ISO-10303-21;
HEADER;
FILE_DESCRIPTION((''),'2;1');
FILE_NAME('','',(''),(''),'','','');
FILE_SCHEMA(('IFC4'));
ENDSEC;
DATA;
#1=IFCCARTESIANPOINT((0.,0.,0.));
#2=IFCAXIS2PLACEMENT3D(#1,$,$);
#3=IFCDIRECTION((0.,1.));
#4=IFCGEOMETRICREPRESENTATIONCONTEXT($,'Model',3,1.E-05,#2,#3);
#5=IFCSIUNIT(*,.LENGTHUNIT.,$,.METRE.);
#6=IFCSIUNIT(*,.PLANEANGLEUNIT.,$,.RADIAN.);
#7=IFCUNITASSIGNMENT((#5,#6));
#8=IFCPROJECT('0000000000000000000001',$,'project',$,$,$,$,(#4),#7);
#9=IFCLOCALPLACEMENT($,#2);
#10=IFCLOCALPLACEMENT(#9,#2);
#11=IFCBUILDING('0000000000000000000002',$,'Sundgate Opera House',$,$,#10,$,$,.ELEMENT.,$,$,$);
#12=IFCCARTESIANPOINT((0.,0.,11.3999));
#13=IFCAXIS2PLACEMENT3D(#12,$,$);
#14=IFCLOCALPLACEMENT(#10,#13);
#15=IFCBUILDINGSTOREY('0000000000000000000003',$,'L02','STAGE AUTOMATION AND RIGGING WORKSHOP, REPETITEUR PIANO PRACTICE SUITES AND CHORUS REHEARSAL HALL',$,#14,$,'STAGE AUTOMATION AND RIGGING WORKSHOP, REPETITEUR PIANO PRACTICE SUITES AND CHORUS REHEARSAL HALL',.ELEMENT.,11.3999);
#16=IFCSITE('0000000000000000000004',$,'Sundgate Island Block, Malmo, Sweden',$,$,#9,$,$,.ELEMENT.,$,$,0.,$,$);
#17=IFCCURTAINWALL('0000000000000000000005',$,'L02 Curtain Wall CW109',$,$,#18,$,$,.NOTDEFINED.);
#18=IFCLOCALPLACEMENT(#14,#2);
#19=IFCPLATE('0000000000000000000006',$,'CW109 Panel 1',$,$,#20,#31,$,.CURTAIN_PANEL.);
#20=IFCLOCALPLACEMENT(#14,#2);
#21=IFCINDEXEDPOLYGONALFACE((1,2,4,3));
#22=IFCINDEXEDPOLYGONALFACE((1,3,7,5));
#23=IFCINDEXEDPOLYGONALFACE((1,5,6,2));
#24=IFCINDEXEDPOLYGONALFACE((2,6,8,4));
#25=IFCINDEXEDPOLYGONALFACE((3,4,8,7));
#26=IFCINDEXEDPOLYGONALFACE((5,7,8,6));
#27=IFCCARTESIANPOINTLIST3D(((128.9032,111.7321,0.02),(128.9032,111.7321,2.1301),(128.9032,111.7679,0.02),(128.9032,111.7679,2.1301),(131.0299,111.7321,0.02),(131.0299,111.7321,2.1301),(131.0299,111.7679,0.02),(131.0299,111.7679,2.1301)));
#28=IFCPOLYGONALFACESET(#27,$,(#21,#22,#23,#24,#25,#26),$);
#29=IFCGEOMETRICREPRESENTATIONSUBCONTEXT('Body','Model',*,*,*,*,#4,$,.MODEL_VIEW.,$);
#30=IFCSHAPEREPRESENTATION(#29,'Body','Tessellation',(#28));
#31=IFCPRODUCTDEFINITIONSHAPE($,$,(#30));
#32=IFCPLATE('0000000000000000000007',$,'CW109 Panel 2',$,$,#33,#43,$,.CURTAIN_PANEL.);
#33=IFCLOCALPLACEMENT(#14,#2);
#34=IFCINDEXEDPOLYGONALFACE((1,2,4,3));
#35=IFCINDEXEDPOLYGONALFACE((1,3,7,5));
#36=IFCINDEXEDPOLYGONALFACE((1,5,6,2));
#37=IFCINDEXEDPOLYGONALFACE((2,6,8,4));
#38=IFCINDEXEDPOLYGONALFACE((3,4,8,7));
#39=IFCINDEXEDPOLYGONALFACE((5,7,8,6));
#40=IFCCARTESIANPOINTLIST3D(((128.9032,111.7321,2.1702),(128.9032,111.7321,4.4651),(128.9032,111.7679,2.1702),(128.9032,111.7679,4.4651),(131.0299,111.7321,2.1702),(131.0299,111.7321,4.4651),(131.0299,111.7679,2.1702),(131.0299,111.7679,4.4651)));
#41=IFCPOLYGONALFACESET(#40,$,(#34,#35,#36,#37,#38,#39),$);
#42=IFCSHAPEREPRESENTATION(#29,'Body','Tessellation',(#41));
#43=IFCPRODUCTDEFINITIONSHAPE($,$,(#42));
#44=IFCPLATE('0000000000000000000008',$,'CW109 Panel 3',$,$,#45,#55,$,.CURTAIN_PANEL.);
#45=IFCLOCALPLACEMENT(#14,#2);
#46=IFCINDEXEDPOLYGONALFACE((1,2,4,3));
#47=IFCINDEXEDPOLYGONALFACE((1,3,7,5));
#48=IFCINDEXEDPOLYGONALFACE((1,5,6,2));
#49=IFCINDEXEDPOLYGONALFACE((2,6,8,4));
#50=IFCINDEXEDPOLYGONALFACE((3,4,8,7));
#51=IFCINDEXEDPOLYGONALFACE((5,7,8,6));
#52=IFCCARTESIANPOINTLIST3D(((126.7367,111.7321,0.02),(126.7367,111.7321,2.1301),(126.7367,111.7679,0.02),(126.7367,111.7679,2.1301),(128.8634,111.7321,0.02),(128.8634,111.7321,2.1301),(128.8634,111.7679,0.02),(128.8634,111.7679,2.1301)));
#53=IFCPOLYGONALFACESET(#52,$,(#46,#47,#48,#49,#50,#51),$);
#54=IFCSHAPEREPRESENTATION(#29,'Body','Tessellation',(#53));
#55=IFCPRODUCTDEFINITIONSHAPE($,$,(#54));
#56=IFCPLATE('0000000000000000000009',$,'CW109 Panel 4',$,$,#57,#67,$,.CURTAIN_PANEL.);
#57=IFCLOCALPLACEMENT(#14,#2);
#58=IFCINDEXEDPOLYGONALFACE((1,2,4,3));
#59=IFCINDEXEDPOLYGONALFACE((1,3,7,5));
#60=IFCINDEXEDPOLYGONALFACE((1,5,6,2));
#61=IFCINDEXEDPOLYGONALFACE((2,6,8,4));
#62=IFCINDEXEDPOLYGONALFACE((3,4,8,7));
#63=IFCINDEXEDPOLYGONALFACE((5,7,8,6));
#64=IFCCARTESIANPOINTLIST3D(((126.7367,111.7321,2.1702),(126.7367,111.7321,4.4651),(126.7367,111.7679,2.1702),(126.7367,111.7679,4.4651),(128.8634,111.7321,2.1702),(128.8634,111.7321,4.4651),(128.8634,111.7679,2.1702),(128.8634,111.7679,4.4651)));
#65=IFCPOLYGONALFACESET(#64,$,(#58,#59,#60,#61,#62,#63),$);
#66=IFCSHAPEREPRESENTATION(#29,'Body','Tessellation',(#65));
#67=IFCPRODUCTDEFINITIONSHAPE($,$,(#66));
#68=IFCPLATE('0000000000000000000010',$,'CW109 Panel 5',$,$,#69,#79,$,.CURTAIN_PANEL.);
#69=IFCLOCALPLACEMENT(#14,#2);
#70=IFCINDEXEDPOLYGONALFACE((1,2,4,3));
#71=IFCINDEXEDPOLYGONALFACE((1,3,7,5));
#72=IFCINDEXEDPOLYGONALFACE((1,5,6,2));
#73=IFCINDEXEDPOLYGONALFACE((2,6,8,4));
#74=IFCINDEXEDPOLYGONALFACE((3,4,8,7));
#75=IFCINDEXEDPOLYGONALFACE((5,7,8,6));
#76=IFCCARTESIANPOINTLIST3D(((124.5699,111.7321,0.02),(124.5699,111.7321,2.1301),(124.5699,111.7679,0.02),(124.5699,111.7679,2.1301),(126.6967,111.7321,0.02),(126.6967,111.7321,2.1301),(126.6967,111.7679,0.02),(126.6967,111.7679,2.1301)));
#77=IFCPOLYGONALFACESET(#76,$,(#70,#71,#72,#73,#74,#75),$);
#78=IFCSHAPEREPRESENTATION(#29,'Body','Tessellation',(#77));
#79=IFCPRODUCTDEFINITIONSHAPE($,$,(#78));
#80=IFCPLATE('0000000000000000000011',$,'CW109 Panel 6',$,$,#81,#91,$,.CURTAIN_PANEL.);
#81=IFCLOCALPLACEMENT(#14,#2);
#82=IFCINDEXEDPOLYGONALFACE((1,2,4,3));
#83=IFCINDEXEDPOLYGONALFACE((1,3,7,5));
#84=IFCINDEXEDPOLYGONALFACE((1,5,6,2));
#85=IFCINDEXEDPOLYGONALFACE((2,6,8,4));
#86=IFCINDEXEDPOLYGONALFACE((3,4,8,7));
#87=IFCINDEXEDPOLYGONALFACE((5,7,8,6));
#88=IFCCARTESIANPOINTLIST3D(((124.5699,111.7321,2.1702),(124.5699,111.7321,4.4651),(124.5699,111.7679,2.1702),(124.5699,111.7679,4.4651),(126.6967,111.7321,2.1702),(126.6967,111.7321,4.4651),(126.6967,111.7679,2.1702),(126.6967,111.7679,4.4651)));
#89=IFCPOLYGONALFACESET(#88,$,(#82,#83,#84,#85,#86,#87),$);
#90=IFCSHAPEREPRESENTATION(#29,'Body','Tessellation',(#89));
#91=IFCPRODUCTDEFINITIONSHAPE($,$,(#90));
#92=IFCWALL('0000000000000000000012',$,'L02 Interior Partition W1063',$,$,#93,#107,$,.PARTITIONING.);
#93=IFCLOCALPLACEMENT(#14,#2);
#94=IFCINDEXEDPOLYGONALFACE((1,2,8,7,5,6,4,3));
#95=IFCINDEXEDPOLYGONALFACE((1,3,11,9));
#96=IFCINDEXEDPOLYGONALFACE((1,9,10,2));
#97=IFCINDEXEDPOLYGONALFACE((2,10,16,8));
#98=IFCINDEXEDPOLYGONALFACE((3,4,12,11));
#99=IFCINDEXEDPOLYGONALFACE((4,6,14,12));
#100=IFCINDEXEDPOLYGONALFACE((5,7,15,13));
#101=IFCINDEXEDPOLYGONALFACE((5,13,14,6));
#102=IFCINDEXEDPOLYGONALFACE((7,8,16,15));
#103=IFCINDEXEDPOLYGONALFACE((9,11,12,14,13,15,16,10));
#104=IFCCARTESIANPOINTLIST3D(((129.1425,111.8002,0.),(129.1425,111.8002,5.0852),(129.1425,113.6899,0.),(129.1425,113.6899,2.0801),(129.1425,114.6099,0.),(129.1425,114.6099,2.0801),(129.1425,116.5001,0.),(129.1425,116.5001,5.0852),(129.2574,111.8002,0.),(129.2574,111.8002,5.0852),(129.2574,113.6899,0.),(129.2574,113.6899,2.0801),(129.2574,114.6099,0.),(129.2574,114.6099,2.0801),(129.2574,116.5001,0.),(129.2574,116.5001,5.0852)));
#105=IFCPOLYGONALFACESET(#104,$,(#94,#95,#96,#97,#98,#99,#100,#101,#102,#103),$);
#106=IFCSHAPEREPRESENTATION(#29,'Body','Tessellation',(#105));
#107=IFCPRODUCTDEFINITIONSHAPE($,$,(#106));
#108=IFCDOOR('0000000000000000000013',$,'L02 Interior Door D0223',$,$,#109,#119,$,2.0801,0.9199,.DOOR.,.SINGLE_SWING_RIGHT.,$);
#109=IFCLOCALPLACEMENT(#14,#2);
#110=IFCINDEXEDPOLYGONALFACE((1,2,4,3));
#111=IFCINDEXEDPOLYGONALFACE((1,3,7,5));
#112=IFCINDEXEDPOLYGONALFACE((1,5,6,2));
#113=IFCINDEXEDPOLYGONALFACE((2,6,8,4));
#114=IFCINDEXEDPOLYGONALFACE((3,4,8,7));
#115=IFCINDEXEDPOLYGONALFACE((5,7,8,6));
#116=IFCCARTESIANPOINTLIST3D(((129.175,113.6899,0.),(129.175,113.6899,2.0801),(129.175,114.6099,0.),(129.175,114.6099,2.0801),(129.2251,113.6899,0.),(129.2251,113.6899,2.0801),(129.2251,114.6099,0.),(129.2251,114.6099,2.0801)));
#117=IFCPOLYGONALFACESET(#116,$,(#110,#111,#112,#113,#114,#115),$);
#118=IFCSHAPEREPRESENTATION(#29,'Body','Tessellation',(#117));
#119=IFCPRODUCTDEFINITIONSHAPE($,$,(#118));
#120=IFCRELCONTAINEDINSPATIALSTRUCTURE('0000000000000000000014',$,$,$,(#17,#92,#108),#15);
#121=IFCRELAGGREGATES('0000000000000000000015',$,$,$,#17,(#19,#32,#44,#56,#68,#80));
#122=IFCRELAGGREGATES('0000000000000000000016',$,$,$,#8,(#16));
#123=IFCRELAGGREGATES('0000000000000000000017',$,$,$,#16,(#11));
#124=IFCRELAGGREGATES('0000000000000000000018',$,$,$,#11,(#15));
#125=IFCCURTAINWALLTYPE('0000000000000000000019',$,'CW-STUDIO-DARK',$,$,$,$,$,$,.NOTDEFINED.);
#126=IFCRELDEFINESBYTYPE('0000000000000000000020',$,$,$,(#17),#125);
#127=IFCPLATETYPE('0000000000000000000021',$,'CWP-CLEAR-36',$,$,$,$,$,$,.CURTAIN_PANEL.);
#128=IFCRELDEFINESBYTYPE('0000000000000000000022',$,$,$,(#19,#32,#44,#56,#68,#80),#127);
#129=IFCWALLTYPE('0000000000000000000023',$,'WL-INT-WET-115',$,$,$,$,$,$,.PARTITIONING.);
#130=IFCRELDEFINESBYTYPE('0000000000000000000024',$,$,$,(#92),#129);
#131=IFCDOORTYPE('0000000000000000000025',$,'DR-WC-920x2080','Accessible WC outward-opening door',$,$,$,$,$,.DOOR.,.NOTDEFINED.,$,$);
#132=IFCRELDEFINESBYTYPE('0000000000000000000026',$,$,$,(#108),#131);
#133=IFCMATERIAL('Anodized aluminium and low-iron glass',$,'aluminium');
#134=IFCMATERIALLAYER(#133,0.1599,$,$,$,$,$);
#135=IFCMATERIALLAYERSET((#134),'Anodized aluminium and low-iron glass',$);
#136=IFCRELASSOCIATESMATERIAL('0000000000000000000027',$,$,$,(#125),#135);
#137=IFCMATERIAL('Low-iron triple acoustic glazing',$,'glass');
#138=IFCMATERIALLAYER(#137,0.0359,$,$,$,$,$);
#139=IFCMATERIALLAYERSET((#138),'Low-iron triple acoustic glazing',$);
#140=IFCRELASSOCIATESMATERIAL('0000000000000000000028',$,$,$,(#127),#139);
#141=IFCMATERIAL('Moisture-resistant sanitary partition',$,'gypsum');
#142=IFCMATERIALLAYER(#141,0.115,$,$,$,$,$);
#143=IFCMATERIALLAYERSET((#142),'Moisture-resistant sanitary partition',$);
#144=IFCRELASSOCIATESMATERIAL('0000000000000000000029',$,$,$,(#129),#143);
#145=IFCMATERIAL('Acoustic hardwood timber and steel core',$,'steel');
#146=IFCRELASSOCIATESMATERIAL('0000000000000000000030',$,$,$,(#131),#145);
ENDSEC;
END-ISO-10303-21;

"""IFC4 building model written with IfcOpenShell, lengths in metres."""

from ifc_helpers import new_model, si_unit, direction, frame, frame_2d, origin, origin_2d, place, context, subcontext, project, spatial, rectangle, extrude, material, layer, layer_set, type_object, element, fill, aggregate, save


model = new_model("IFC4")

# Units and contexts
model_context = context("Model", 3, precision=1e-05, world=origin(), true_north=direction((0.0, 1.0)))
body_context = subcontext(model_context, "Body", "Model", "MODEL_VIEW")
ifc_project = project(units=[si_unit("LENGTHUNIT", "METRE"), si_unit("PLANEANGLEUNIT", "RADIAN")], contexts=[model_context])

# Site, building, storey
site_placement = place(None, origin())
site = spatial("IfcSite", under=ifc_project, at=site_placement, Name="Sundgate Island Block, Malmo, Sweden", CompositionType="ELEMENT", RefElevation=0.0)
building_placement = place(site_placement, origin())
building = spatial("IfcBuilding", under=site, at=building_placement, Name="Sundgate Opera House", CompositionType="ELEMENT")
storey_placement = place(building_placement, frame((0.0, 0.0, 11.3999)))
storey = spatial("IfcBuildingStorey", under=building, at=storey_placement, Name="L02", Description="STAGE AUTOMATION AND RIGGING WORKSHOP, REPETITEUR PIANO PRACTICE SUITES AND CHORUS REHEARSAL HALL", LongName="STAGE AUTOMATION AND RIGGING WORKSHOP, REPETITEUR PIANO PRACTICE SUITES AND CHORUS REHEARSAL HALL", CompositionType="ELEMENT", Elevation=11.3999)

# Curtain wall, plates
ifc_material_1 = material(Name="Anodized aluminium and low-iron glass", Category="aluminium")
ifc_layer_1 = layer(ifc_material_1, 0.1599)
ifc_layer_set_1 = layer_set([ifc_layer_1], Name="Anodized aluminium and low-iron glass")
curtain_wall_type = type_object("IfcCurtainWallType", Name="CW-STUDIO-DARK", PredefinedType="NOTDEFINED", material=ifc_layer_set_1)
curtain_wall_placement = place(storey_placement, origin())
curtain_wall = element("IfcCurtainWall", 1, at=curtain_wall_placement, inside=storey, type_object=curtain_wall_type, Name="L02 Curtain Wall CW109", PredefinedType="NOTDEFINED")
ifc_material_2 = material(Name="Low-iron triple acoustic glazing", Category="glass")
ifc_layer_2 = layer(ifc_material_2, 0.0359)
ifc_layer_set_2 = layer_set([ifc_layer_2], Name="Low-iron triple acoustic glazing")
plate_type = type_object("IfcPlateType", Name="CWP-CLEAR-36", PredefinedType="CURTAIN_PANEL", material=ifc_layer_set_2)
plate_1_placement = place(storey_placement, frame((129.9666, 111.75, 0.02), z_axis=(0.0, 0.0, 1.0), x_axis=(-1.0, 0.0, 0.0)))
plate_1 = element("IfcPlate", 2, at=plate_1_placement, type_object=plate_type, Name="CW109 Panel 1", PredefinedType="CURTAIN_PANEL", context=body_context, shape_type="SweptSolid", body=[
    extrude(rectangle(XDim=2.1267, YDim=0.0359, at=origin_2d()), origin(), (0.0, 0.0, 1.0), 2.1101),
])
plate_2_placement = place(storey_placement, frame((129.9666, 111.75, 2.1702), z_axis=(0.0, 0.0, 1.0), x_axis=(-1.0, 0.0, 0.0)))
plate_2 = element("IfcPlate", 3, at=plate_2_placement, type_object=plate_type, Name="CW109 Panel 2", PredefinedType="CURTAIN_PANEL", context=body_context, shape_type="SweptSolid", body=[
    extrude(rectangle(XDim=2.1267, YDim=0.0359, at=origin_2d()), origin(), (0.0, 0.0, 1.0), 2.2949),
])
plate_3_placement = place(storey_placement, frame((127.8, 111.75, 0.02), z_axis=(0.0, 0.0, 1.0), x_axis=(-1.0, 0.0, 0.0)))
plate_3 = element("IfcPlate", 4, at=plate_3_placement, type_object=plate_type, Name="CW109 Panel 3", PredefinedType="CURTAIN_PANEL", context=body_context, shape_type="SweptSolid", body=[
    extrude(rectangle(XDim=2.1267, YDim=0.0359, at=origin_2d()), origin(), (0.0, 0.0, 1.0), 2.1101),
])
plate_4_placement = place(storey_placement, frame((127.8, 111.75, 2.1702), z_axis=(0.0, 0.0, 1.0), x_axis=(-1.0, 0.0, 0.0)))
plate_4 = element("IfcPlate", 5, at=plate_4_placement, type_object=plate_type, Name="CW109 Panel 4", PredefinedType="CURTAIN_PANEL", context=body_context, shape_type="SweptSolid", body=[
    extrude(rectangle(XDim=2.1267, YDim=0.0359, at=origin_2d()), origin(), (0.0, 0.0, 1.0), 2.2949),
])
plate_5_placement = place(storey_placement, frame((125.6333, 111.75, 0.02), z_axis=(0.0, 0.0, 1.0), x_axis=(-1.0, 0.0, 0.0)))
plate_5 = element("IfcPlate", 6, at=plate_5_placement, type_object=plate_type, Name="CW109 Panel 5", PredefinedType="CURTAIN_PANEL", context=body_context, shape_type="SweptSolid", body=[
    extrude(rectangle(XDim=2.1267, YDim=0.0359, at=origin_2d()), origin(), (0.0, 0.0, 1.0), 2.1101),
])
plate_6_placement = place(storey_placement, frame((125.6333, 111.75, 2.1702), z_axis=(0.0, 0.0, 1.0), x_axis=(-1.0, 0.0, 0.0)))
plate_6 = element("IfcPlate", 7, at=plate_6_placement, type_object=plate_type, Name="CW109 Panel 6", PredefinedType="CURTAIN_PANEL", context=body_context, shape_type="SweptSolid", body=[
    extrude(rectangle(XDim=2.1267, YDim=0.0359, at=origin_2d()), origin(), (0.0, 0.0, 1.0), 2.2949),
])
aggregate(curtain_wall, [plate_1, plate_2, plate_3, plate_4, plate_5, plate_6])

# Wall, opening, door
ifc_material_3 = material(Name="Moisture-resistant sanitary partition", Category="gypsum")
ifc_layer_3 = layer(ifc_material_3, 0.115)
ifc_layer_set_3 = layer_set([ifc_layer_3], Name="Moisture-resistant sanitary partition")
wall_type = type_object("IfcWallType", Name="WL-INT-WET-115", PredefinedType="PARTITIONING", material=ifc_layer_set_3)
wall_placement = place(storey_placement, frame((129.2, 111.8, 0.0), z_axis=(0.0, 0.0, 1.0), x_axis=(0.0, 1.0, 0.0)))
wall = element("IfcWall", 8, at=wall_placement, inside=storey, type_object=wall_type, Name="L02 Interior Partition W1063", PredefinedType="PARTITIONING", context=body_context, shape_type="SweptSolid", body=[
    extrude(rectangle(XDim=4.7, YDim=0.115, at=frame_2d((2.3501, 0.0))), origin(), (0.0, 0.0, 1.0), 5.0852),
])
opening_placement = place(wall_placement, frame((1.8899, 0.0, 0.0)))
opening = element("IfcOpeningElement", 9, at=opening_placement, cuts=wall, PredefinedType="OPENING", context=body_context, shape_type="SweptSolid", body=[
    extrude(rectangle(XDim=0.9199, YDim=2.0801, at=frame_2d((0.46, 1.04))), frame((0.0, 0.0674, 0.0), z_axis=(0.0, -1.0, 0.0), x_axis=(1.0, 0.0, 0.0)), (0.0, 0.0, 1.0), 0.135),
])
ifc_material_4 = material(Name="Acoustic hardwood timber and steel core", Category="steel")
door_type = type_object("IfcDoorType", Name="DR-WC-920x2080", Description="Accessible WC outward-opening door", OperationType="NOTDEFINED", PredefinedType="DOOR", material=ifc_material_4)
door_placement = place(opening_placement, origin())
door = element("IfcDoor", 10, at=door_placement, inside=storey, type_object=door_type, Name="L02 Interior Door D0223", OperationType="SINGLE_SWING_RIGHT", OverallHeight=2.0801, OverallWidth=0.9199, PredefinedType="DOOR", context=body_context, shape_type="SweptSolid", body=[
    extrude(rectangle(XDim=0.9199, YDim=2.0801, at=frame_2d((0.46, 1.04))), frame((0.0, 0.0249, 0.0), z_axis=(0.0, -1.0, 0.0), x_axis=(1.0, 0.0, 0.0)), (0.0, 0.0, 1.0), 0.05),
])
fill(opening, door)

save(model, "model.ifc")
